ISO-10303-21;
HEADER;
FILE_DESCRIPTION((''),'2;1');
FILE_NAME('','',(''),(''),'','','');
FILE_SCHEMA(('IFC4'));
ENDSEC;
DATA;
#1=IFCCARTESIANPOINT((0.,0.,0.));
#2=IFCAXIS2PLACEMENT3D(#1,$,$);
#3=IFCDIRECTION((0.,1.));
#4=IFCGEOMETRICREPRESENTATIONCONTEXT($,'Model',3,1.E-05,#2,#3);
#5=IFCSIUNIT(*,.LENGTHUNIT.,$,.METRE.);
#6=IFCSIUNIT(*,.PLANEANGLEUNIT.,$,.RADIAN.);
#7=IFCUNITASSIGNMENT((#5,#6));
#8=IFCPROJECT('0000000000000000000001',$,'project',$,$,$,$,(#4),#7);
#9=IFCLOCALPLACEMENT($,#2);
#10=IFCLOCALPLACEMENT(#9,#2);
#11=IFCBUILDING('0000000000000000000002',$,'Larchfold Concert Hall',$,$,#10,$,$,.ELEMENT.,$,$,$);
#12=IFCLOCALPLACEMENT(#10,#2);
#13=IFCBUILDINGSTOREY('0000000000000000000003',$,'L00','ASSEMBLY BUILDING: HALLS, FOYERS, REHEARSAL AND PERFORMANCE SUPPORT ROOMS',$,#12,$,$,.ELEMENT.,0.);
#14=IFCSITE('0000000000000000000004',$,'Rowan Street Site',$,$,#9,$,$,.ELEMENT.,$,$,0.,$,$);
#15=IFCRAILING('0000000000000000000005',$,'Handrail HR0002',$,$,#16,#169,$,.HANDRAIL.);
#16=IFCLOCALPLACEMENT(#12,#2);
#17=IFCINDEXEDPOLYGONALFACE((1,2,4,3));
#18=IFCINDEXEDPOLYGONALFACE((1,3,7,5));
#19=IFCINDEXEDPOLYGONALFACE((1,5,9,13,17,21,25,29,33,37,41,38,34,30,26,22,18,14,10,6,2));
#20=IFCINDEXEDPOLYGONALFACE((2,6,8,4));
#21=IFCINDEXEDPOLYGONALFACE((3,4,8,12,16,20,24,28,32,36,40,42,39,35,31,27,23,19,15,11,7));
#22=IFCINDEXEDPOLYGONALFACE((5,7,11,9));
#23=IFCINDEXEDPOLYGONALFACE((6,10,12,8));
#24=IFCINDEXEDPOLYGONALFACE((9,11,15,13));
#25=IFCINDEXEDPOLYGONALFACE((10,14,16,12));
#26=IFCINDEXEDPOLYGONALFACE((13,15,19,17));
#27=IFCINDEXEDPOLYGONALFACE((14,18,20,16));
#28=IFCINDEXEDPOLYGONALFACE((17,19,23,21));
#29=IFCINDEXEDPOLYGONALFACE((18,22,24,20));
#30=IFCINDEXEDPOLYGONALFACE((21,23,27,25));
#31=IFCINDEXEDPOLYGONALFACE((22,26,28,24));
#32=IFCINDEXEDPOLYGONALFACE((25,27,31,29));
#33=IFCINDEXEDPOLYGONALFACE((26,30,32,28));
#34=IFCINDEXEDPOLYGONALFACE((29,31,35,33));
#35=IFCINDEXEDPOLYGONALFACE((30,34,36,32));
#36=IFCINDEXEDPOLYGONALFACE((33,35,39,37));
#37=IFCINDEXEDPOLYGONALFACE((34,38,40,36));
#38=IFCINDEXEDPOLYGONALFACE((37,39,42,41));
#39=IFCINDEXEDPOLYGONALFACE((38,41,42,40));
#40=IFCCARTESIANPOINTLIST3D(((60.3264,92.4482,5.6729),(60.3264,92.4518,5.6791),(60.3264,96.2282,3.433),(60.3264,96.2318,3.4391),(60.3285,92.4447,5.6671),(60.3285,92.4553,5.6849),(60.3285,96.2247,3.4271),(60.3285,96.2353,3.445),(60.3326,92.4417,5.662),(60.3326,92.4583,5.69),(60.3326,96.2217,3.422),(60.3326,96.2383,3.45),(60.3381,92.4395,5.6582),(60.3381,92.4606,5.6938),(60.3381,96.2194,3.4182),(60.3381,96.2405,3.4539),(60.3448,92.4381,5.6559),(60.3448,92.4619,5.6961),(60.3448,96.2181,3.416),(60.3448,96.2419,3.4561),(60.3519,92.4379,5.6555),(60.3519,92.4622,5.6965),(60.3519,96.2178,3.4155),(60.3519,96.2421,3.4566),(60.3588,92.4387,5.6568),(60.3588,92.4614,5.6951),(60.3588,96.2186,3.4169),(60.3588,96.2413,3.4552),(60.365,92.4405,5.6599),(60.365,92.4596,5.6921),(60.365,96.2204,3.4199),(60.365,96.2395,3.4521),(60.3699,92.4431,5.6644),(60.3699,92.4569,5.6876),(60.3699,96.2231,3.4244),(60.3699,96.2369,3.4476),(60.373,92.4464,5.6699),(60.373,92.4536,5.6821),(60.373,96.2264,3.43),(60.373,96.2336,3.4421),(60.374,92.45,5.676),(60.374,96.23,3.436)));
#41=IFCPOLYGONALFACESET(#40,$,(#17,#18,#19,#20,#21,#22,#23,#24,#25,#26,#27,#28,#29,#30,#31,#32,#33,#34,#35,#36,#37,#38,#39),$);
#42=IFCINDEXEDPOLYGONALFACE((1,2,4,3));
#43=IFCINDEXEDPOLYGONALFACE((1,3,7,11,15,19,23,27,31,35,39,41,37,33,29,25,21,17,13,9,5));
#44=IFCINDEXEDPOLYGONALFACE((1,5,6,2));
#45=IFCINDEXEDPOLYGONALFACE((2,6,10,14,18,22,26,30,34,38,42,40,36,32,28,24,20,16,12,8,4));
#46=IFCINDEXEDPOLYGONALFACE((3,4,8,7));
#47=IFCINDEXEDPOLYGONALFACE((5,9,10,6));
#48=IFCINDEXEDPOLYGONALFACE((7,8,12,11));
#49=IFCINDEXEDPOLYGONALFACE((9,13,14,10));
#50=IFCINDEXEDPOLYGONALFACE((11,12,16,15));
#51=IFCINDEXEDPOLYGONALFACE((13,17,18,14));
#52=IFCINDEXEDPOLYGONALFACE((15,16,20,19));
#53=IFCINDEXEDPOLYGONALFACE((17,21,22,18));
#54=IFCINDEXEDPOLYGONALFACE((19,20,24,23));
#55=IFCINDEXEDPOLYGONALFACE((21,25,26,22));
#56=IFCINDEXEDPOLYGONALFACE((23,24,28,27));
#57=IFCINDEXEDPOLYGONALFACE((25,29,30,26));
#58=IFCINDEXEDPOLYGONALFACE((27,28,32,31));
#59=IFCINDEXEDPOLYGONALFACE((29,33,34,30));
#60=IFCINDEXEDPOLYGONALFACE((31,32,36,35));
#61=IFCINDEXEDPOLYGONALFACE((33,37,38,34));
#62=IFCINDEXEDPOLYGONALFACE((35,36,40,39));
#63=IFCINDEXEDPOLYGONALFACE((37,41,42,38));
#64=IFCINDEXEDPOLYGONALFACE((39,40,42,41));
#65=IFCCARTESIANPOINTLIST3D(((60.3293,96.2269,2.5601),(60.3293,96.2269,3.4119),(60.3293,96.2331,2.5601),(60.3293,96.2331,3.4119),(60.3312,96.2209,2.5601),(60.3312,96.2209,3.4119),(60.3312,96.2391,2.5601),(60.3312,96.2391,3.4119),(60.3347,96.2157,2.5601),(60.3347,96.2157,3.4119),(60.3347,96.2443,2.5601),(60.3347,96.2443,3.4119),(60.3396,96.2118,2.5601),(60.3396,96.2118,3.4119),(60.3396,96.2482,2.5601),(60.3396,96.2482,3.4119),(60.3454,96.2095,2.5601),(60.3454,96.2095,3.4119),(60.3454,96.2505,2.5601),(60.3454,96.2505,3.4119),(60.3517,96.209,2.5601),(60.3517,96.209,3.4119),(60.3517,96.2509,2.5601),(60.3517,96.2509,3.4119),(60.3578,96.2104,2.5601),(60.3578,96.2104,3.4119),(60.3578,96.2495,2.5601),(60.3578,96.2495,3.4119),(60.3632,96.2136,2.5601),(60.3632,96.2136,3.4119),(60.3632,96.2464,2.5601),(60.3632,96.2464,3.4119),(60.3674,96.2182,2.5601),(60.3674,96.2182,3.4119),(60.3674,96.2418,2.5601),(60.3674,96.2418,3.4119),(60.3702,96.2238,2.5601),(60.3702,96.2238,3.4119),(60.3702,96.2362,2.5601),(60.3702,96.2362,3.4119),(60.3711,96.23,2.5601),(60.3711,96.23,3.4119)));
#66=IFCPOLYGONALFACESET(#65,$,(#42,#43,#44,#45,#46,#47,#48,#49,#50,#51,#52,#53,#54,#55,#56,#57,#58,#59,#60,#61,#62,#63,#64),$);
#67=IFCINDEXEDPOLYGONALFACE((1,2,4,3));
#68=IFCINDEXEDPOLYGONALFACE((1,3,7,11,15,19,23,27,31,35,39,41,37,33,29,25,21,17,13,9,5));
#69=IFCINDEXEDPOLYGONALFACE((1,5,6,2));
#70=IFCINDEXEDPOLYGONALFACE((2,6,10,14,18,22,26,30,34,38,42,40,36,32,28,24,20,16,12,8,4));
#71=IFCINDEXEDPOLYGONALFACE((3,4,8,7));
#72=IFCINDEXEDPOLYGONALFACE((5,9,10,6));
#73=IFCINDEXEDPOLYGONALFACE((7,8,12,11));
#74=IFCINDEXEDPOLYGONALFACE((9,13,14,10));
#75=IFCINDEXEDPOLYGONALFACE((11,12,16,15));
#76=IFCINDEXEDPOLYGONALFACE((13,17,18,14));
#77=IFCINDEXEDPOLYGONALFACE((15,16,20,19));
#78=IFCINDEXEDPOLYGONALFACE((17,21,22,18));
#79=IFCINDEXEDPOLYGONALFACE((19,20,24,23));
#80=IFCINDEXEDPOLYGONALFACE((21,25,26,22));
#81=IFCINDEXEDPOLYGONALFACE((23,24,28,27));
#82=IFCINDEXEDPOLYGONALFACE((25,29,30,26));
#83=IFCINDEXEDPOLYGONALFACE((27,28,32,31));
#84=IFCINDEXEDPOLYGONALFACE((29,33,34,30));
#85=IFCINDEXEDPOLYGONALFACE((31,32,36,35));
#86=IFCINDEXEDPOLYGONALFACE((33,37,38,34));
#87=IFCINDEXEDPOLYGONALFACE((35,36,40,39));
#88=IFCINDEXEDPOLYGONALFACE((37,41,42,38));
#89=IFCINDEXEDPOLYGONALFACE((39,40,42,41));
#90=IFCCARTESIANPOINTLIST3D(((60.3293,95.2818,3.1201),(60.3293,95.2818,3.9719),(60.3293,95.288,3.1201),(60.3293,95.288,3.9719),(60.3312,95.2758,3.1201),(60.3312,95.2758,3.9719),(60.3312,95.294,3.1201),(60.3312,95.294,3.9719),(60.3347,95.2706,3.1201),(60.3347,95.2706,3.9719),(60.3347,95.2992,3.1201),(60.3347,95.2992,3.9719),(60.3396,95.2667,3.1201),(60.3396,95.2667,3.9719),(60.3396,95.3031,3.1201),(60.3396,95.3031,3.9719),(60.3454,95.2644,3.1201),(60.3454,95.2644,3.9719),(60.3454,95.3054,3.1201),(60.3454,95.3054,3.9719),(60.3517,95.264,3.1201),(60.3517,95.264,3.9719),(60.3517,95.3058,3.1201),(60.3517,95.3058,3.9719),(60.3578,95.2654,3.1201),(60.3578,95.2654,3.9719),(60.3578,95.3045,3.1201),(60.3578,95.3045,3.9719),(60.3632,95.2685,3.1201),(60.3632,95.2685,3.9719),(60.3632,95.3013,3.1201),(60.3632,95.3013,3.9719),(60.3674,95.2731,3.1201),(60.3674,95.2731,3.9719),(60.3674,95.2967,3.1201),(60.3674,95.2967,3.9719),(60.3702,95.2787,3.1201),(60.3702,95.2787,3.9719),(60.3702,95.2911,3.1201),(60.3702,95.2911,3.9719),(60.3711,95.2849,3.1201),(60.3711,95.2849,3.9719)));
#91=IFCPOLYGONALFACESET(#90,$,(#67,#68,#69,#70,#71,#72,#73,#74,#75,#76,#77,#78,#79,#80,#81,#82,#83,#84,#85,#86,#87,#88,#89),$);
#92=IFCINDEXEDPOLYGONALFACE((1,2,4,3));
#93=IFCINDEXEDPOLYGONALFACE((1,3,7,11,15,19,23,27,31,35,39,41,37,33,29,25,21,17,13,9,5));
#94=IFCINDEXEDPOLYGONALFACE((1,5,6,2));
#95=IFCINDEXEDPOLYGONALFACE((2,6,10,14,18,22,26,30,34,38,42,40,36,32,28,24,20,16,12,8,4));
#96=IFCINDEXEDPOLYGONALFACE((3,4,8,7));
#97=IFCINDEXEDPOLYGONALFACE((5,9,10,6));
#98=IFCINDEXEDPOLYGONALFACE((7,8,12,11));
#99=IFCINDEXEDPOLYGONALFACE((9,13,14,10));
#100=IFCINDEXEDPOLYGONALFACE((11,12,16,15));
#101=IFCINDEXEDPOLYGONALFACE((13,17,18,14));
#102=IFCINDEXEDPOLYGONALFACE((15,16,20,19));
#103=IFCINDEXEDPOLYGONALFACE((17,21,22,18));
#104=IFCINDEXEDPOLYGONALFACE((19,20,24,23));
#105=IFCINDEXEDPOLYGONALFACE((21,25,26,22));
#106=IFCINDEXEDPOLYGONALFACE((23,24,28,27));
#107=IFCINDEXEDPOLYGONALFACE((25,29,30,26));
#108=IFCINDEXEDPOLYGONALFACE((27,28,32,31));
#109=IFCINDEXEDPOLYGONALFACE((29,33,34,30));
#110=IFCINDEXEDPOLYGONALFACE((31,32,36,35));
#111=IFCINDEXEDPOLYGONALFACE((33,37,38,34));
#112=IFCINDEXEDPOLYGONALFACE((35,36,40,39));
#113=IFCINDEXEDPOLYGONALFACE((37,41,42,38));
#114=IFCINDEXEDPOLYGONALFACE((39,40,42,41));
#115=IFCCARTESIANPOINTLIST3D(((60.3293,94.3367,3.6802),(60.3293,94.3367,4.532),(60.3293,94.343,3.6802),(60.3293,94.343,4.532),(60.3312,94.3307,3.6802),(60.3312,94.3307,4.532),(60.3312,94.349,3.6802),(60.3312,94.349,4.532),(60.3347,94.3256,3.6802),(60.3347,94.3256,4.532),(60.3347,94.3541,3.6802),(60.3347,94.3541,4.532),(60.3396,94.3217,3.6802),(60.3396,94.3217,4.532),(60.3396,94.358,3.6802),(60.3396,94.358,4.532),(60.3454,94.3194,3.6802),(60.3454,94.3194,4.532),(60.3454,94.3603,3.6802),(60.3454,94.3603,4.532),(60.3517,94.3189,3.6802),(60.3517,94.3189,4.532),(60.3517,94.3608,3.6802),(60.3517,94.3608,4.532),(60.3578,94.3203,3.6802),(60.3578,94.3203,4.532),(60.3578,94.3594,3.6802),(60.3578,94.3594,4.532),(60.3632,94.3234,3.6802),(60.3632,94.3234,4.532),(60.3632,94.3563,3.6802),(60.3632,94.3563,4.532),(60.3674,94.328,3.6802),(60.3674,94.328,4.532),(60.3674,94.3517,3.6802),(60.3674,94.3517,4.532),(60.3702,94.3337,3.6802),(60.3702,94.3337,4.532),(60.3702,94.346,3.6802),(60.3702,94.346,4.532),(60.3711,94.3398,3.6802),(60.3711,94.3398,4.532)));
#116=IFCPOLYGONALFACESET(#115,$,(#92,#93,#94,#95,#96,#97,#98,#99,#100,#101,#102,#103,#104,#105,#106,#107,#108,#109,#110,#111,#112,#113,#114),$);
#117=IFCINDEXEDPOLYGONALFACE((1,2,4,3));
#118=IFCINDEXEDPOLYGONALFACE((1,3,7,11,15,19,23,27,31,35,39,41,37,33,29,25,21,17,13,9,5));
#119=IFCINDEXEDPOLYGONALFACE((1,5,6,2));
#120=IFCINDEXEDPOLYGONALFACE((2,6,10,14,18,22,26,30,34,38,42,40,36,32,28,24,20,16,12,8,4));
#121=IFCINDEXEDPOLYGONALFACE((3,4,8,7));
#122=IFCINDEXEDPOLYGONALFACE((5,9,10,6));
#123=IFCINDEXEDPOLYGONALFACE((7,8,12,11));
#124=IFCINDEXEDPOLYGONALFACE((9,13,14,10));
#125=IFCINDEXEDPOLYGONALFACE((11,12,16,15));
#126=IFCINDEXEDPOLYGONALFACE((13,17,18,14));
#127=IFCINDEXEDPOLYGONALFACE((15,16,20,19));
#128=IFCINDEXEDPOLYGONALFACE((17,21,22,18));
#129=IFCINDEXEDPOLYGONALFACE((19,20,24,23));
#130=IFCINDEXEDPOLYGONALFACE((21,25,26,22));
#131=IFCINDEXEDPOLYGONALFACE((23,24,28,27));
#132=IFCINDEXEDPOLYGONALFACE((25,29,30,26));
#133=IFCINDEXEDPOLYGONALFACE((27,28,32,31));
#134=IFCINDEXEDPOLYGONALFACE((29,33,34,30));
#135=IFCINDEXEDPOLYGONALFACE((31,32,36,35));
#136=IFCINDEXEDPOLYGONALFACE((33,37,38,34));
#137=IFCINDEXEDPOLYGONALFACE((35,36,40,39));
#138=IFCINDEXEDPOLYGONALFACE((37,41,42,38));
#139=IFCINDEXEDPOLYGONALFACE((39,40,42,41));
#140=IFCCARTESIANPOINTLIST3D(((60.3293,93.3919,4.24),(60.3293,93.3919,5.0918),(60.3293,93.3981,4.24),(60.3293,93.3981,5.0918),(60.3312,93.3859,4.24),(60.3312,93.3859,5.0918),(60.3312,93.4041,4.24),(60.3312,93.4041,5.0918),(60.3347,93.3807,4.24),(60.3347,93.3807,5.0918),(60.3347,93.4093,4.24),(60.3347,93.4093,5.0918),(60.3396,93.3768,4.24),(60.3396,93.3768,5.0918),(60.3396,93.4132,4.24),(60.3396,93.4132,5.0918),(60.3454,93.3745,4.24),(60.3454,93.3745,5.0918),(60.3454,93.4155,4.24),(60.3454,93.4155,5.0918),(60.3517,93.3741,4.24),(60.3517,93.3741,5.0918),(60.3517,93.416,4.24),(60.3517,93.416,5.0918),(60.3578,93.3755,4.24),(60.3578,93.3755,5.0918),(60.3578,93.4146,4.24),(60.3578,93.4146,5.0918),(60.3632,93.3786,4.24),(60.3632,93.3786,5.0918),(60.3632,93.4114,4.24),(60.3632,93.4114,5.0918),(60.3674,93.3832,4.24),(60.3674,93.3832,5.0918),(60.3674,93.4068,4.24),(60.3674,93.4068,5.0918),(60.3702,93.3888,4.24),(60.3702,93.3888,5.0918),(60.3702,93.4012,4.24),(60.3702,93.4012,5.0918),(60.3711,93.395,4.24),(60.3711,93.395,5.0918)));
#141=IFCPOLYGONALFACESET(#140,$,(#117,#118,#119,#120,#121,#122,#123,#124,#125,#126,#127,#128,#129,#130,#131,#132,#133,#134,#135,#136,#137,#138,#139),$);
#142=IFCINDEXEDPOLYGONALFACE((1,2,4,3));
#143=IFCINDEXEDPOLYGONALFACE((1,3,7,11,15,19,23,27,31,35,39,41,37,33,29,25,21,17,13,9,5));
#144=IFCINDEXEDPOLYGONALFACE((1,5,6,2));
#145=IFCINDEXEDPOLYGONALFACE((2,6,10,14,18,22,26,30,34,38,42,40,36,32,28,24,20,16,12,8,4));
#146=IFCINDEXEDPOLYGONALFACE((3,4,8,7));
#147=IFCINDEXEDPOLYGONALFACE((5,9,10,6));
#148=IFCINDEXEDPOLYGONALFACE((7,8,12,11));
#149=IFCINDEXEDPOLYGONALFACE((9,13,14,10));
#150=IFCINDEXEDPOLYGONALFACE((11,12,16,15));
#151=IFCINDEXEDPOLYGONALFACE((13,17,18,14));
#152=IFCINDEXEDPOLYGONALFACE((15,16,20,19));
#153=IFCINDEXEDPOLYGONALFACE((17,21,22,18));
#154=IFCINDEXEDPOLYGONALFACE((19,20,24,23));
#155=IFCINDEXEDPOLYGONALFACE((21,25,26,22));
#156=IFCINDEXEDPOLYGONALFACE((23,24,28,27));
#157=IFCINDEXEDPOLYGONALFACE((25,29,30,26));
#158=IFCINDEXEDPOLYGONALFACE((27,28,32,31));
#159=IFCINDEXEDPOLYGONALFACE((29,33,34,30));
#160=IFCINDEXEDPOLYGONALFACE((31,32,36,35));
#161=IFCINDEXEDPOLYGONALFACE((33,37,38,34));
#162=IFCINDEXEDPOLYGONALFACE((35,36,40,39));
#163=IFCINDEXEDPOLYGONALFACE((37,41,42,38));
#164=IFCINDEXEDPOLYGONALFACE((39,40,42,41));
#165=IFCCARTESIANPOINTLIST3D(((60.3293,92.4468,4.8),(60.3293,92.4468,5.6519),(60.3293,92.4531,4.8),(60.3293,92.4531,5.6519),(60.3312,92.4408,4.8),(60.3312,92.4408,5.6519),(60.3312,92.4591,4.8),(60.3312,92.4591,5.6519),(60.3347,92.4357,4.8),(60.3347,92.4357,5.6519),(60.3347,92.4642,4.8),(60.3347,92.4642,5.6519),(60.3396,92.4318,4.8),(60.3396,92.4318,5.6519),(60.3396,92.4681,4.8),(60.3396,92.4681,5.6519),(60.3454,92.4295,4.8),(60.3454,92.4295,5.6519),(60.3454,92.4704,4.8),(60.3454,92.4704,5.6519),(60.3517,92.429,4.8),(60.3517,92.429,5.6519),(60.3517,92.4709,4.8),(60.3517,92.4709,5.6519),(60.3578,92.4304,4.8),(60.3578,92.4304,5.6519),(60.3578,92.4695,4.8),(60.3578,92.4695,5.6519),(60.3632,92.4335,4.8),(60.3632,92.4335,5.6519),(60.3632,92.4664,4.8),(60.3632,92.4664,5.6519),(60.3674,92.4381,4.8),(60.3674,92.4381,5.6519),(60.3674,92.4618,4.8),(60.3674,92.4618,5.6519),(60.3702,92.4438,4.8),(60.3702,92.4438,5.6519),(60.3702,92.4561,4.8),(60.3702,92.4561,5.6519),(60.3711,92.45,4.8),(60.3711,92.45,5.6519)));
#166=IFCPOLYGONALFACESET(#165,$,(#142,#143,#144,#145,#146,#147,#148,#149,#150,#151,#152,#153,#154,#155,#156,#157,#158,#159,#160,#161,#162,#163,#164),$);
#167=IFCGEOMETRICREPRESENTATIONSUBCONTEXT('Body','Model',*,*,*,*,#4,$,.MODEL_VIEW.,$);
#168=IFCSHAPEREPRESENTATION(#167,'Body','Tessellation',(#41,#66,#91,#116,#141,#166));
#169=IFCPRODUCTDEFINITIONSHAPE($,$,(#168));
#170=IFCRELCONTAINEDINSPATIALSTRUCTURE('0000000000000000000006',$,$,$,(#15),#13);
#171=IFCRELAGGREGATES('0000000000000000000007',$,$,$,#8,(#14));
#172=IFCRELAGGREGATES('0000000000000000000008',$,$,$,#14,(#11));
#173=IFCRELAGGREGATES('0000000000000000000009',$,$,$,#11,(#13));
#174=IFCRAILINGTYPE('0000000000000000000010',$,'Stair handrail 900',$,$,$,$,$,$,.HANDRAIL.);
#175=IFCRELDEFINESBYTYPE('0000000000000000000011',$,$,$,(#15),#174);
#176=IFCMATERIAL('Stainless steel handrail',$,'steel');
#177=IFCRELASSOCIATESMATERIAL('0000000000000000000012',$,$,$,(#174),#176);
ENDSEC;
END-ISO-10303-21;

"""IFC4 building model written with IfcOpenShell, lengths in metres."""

from ifc_helpers import new_model, si_unit, direction, frame, origin, origin_2d, place, context, subcontext, project, spatial, circle, extrude, material, type_object, element, save


model = new_model("IFC4")

# Units and contexts
model_context = context("Model", 3, precision=1e-05, world=origin(), true_north=direction((0.0, 1.0)))
body_context = subcontext(model_context, "Body", "Model", "MODEL_VIEW")
ifc_project = project(units=[si_unit("LENGTHUNIT", "METRE"), si_unit("PLANEANGLEUNIT", "RADIAN")], contexts=[model_context])

# Site, building, storey
site_placement = place(None, origin())
site = spatial("IfcSite", under=ifc_project, at=site_placement, Name="Rowan Street Site", CompositionType="ELEMENT", RefElevation=0.0)
building_placement = place(site_placement, origin())
building = spatial("IfcBuilding", under=site, at=building_placement, Name="Larchfold Concert Hall", CompositionType="ELEMENT")
storey_placement = place(building_placement, origin())
storey = spatial("IfcBuildingStorey", under=building, at=storey_placement, Name="L00", Description="ASSEMBLY BUILDING: HALLS, FOYERS, REHEARSAL AND PERFORMANCE SUPPORT ROOMS", CompositionType="ELEMENT", Elevation=0.0)

# Railing
ifc_material_1 = material(Name="Stainless steel handrail", Category="steel")
railing_type_1 = type_object("IfcRailingType", Name="Stair handrail 900", PredefinedType="HANDRAIL", material=ifc_material_1)
for number, where, name in (
    (1, (60.3501, 96.23, 2.5601), "Handrail HR0002"),
):
    element("IfcRailing", number, at=place(storey_placement, frame(where)), inside=storey, type_object=railing_type_1, Name=name, PredefinedType="HANDRAIL", context=body_context, shape_type="SweptSolid", body=[
        extrude(circle(Radius=0.0239, at=origin_2d()), frame((0.0, 0.0, 0.876), z_axis=(0.0, -0.860294, 0.509798), x_axis=(1.0, 0.0, 0.0)), (0.0, 0.0, 1.0), 4.3938),
        extrude(circle(Radius=0.021, at=origin_2d()), origin(), (0.0, 0.0, 1.0), 0.8518),
        extrude(circle(Radius=0.021, at=origin_2d()), frame((0.0, -0.9451, 0.5601)), (0.0, 0.0, 1.0), 0.8518),
        extrude(circle(Radius=0.021, at=origin_2d()), frame((0.0, -1.8901, 1.1201)), (0.0, 0.0, 1.0), 0.8518),
        extrude(circle(Radius=0.021, at=origin_2d()), frame((0.0, -2.835, 1.6799)), (0.0, 0.0, 1.0), 0.8518),
        extrude(circle(Radius=0.021, at=origin_2d()), frame((0.0, -3.78, 2.24)), (0.0, 0.0, 1.0), 0.8518),
    ])

save(model, "model.ifc")
